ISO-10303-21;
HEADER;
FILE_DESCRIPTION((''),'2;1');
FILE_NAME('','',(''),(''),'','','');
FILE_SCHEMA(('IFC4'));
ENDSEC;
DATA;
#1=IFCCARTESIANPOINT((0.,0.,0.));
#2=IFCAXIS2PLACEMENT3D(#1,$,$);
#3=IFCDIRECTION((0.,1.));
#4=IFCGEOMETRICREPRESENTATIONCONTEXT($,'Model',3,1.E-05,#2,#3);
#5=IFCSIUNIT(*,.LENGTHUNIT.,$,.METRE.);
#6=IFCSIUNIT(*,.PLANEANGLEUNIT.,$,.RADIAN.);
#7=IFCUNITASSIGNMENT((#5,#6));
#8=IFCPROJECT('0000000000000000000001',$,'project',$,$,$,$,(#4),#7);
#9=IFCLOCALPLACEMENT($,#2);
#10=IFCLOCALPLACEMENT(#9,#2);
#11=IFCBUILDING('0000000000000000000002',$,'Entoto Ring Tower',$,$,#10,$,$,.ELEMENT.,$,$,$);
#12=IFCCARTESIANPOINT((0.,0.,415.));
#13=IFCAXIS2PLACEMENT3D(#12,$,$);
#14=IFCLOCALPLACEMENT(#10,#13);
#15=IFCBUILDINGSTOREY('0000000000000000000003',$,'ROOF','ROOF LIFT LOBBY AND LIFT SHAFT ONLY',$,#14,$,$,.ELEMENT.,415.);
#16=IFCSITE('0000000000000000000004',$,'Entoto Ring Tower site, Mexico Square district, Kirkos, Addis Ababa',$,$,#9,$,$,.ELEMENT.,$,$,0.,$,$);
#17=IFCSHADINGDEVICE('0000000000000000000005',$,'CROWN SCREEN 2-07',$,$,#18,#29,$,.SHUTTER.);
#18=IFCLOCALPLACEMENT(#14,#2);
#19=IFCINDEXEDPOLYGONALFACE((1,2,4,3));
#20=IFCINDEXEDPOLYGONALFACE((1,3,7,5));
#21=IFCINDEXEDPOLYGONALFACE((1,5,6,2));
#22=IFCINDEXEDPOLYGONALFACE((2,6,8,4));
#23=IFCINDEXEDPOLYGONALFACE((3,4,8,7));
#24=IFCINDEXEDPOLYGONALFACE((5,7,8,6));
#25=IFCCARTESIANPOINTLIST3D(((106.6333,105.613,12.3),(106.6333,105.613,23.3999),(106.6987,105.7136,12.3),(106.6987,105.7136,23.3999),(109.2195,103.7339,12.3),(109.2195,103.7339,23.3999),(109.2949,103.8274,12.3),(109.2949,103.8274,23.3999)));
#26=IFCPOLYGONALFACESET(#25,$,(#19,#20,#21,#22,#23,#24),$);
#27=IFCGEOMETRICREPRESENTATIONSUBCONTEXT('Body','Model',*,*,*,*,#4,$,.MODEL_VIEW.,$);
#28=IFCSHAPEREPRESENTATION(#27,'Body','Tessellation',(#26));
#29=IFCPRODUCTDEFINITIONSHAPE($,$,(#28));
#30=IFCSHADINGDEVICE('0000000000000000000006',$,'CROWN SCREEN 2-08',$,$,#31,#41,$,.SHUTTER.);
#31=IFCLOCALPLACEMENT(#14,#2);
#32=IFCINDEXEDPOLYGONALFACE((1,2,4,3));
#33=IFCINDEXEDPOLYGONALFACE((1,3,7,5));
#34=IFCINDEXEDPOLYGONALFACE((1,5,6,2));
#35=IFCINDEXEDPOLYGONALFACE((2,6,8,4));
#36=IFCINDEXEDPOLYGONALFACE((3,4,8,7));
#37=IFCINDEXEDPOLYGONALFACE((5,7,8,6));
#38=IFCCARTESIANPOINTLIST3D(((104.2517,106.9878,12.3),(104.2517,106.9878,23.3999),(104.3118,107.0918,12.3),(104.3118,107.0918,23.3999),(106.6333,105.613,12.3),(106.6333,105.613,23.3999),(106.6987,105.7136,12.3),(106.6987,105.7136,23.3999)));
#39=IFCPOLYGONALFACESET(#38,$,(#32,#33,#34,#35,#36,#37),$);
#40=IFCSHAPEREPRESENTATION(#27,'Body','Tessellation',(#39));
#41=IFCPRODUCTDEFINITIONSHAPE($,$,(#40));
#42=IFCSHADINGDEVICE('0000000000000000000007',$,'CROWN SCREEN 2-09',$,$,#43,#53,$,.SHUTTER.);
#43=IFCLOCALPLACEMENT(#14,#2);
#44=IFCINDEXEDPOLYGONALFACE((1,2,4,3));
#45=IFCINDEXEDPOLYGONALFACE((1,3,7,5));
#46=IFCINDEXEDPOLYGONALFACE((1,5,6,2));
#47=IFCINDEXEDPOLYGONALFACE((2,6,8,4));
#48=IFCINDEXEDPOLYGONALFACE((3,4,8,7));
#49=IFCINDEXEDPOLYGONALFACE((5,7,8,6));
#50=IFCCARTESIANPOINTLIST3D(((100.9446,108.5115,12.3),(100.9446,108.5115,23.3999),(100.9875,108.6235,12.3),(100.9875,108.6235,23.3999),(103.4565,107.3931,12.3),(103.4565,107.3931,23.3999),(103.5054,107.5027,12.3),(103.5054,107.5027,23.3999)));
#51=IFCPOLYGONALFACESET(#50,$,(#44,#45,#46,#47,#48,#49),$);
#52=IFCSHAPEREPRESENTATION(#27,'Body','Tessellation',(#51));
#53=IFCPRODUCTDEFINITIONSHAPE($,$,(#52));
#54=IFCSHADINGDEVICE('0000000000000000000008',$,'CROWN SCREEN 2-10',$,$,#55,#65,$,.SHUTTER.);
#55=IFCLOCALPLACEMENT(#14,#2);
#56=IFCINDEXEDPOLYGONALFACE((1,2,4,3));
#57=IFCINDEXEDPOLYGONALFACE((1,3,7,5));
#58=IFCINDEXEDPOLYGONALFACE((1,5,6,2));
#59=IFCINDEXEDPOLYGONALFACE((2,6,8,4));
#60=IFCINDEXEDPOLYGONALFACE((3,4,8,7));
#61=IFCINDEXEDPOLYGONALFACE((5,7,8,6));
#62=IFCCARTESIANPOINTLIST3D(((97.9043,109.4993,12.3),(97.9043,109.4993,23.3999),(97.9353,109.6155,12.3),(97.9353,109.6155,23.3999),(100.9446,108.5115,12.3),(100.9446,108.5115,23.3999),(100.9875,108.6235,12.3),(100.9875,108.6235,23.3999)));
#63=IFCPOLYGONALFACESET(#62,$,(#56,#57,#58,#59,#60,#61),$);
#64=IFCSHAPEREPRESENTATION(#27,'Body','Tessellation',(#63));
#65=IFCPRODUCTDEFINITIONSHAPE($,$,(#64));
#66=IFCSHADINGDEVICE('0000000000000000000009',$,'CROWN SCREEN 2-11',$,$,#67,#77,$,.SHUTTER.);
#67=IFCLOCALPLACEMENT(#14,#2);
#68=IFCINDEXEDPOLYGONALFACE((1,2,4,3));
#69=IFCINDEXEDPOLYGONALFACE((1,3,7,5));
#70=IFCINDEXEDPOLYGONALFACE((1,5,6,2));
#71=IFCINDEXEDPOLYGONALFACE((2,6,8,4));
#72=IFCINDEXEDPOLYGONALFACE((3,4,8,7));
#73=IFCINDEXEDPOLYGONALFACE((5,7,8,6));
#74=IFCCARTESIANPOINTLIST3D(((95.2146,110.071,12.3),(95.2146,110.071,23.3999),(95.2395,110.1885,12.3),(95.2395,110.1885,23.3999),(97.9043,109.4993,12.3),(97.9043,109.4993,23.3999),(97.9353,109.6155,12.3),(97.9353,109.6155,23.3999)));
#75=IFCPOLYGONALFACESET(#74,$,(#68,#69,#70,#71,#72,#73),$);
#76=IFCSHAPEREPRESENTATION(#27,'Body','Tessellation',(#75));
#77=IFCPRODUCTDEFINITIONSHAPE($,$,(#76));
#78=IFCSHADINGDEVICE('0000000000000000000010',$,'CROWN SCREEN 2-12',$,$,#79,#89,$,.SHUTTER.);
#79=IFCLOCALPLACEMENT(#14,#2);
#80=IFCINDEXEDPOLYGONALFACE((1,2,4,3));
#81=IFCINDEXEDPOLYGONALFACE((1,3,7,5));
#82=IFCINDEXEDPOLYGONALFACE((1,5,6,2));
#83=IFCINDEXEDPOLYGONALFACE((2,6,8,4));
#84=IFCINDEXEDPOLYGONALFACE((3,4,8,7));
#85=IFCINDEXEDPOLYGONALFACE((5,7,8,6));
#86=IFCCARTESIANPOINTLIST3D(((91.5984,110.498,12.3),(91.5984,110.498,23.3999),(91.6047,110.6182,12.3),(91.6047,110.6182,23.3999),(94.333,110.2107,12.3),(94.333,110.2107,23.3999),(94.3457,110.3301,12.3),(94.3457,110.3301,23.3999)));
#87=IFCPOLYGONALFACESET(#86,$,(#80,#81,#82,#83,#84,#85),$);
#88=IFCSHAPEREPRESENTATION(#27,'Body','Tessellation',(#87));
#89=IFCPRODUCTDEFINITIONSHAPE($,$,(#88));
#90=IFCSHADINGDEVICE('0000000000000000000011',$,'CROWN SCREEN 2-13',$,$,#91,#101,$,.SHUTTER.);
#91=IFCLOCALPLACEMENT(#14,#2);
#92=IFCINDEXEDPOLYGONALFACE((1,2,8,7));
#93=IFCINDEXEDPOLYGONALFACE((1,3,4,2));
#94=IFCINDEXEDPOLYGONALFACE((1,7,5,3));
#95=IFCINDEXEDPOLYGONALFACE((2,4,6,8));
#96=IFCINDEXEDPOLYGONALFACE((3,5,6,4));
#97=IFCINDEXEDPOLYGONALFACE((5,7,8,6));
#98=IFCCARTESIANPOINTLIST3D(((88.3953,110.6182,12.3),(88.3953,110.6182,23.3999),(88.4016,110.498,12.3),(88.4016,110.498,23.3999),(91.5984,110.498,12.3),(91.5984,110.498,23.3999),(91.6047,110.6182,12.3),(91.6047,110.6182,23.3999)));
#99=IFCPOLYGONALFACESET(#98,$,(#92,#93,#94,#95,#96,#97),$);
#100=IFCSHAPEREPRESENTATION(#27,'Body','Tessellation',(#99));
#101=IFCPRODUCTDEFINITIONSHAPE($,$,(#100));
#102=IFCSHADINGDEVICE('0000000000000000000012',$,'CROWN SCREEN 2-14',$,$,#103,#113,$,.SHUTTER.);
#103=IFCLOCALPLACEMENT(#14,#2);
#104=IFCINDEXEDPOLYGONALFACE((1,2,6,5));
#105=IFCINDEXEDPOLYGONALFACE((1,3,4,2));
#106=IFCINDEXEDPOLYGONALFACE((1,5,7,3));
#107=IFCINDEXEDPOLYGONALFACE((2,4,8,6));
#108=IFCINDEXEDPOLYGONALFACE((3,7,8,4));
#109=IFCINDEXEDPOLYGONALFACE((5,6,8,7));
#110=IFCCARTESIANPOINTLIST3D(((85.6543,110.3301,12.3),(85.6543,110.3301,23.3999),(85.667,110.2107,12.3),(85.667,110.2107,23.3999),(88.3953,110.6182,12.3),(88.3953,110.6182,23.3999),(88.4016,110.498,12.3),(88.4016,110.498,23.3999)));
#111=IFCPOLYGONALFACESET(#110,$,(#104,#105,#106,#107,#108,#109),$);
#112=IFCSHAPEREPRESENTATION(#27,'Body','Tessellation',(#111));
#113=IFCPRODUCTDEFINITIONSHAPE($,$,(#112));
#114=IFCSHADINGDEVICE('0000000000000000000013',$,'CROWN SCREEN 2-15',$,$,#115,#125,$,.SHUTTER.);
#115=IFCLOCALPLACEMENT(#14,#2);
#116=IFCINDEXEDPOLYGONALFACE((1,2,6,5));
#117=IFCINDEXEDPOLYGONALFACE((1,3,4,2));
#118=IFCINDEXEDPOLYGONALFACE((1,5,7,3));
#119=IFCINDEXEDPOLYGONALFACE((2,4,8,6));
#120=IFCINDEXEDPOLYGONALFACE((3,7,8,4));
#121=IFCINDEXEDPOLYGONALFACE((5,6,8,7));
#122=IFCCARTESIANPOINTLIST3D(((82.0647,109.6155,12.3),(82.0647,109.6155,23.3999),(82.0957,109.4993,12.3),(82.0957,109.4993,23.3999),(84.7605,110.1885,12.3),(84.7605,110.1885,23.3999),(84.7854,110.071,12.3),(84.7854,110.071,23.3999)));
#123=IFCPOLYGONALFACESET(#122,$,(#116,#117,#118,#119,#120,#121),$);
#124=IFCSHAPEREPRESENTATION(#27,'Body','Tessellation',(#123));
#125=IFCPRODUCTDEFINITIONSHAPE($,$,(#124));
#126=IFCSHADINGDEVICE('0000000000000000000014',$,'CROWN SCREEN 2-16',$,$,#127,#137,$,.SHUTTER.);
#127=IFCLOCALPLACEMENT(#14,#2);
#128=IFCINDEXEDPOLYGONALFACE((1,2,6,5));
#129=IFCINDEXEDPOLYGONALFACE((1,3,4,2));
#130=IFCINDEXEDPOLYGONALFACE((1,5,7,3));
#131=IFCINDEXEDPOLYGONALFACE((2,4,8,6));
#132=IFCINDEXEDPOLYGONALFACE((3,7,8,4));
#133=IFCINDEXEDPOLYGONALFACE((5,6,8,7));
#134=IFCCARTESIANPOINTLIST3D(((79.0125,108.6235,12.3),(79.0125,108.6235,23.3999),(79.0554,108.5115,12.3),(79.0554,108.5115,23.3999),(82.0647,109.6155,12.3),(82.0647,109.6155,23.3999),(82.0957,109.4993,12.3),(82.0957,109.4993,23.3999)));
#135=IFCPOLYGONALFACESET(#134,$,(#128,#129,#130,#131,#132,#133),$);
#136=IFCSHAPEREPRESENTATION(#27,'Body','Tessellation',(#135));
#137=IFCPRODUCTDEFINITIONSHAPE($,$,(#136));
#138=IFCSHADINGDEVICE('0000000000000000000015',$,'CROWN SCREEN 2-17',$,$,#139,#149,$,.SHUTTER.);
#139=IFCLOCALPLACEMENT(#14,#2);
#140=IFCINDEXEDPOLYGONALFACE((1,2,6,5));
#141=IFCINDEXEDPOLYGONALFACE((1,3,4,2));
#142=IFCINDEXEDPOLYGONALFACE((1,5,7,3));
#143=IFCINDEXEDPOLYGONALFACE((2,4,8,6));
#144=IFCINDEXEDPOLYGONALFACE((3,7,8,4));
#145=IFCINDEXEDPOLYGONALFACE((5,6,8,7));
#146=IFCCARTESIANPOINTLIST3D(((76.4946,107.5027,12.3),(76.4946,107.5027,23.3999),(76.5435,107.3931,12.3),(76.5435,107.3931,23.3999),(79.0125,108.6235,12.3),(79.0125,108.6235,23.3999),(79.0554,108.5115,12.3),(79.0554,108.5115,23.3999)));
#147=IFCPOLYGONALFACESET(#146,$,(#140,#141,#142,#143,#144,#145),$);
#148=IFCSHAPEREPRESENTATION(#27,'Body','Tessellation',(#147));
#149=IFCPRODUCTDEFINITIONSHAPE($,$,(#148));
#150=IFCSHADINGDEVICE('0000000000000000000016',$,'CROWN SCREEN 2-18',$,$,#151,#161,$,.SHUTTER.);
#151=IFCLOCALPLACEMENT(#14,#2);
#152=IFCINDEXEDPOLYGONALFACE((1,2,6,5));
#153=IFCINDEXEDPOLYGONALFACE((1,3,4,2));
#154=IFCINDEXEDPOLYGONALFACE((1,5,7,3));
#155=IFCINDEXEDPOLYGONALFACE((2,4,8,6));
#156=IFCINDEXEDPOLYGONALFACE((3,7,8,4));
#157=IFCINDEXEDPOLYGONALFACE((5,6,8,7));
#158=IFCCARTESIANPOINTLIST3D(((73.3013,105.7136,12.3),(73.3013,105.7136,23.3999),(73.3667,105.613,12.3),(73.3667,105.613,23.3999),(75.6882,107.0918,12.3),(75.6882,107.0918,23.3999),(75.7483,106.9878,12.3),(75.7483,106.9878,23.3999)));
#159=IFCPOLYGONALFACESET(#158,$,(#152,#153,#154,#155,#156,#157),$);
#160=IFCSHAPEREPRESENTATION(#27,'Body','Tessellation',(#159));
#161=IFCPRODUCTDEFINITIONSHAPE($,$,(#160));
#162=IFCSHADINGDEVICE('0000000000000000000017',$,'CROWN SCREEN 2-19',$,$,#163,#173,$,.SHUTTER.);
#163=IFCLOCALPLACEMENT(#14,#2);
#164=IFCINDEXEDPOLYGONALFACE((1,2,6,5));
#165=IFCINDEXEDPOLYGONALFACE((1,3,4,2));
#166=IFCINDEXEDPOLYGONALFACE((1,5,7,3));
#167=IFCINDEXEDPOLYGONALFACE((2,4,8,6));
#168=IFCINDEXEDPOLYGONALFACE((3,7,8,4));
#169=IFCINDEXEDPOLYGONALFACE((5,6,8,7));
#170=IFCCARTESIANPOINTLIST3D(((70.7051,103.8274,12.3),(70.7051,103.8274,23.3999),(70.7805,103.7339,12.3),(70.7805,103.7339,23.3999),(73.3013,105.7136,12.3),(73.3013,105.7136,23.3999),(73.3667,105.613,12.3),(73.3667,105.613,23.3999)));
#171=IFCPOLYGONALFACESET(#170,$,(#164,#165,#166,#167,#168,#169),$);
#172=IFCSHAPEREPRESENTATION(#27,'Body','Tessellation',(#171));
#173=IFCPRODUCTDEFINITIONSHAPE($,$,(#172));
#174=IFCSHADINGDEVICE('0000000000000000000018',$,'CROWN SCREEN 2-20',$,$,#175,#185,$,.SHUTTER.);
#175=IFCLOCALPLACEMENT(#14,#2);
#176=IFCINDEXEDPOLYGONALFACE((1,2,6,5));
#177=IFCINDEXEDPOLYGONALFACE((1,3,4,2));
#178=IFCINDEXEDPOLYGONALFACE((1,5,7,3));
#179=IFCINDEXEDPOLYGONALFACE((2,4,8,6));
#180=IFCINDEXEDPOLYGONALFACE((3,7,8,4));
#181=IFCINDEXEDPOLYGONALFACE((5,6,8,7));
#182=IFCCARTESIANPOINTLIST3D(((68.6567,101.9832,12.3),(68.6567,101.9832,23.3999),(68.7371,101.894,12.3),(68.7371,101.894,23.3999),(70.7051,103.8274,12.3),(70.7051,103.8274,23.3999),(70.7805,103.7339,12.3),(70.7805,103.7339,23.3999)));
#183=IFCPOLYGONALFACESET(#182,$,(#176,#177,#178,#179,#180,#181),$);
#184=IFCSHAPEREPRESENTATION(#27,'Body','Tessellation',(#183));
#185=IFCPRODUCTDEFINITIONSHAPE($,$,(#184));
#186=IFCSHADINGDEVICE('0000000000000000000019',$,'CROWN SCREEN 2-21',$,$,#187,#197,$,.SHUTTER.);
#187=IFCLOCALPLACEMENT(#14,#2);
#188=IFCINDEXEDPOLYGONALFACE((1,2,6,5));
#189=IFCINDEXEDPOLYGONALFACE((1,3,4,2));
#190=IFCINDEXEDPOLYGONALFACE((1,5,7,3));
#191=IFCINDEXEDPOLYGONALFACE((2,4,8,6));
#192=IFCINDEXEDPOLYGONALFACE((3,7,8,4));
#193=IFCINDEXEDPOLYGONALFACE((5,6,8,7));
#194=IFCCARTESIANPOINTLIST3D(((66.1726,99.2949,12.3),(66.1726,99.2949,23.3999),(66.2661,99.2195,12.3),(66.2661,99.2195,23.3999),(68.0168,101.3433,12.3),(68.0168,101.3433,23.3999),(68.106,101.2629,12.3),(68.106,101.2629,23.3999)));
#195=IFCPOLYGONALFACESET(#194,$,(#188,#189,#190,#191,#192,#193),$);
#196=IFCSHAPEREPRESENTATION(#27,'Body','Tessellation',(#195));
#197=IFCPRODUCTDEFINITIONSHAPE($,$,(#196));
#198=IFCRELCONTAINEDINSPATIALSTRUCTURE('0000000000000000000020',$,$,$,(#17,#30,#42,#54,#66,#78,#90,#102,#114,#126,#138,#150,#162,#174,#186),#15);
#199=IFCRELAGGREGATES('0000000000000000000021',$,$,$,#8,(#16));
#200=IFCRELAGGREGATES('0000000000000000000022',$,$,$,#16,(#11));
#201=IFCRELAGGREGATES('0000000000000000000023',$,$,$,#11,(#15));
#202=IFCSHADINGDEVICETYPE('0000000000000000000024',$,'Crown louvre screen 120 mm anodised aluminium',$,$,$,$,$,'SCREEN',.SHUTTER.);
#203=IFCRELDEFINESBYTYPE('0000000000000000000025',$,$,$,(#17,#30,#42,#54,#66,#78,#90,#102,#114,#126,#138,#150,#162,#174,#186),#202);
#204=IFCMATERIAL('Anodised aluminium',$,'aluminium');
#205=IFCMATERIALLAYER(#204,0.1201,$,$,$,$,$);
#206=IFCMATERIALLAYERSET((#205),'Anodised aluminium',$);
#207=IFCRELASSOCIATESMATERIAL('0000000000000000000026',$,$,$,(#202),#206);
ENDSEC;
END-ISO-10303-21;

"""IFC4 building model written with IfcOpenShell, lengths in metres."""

from ifc_helpers import new_model, si_unit, direction, frame, origin, place, context, subcontext, project, spatial, polyline, outline, extrude, material, layer, layer_set, type_object, element, save


model = new_model("IFC4")

# Units and contexts
model_context = context("Model", 3, precision=1e-05, world=origin(), true_north=direction((0.0, 1.0)))
body_context = subcontext(model_context, "Body", "Model", "MODEL_VIEW")
ifc_project = project(units=[si_unit("LENGTHUNIT", "METRE"), si_unit("PLANEANGLEUNIT", "RADIAN")], contexts=[model_context])

# Site, building, storey
site_placement = place(None, origin())
site = spatial("IfcSite", under=ifc_project, at=site_placement, Name="Entoto Ring Tower site, Mexico Square district, Kirkos, Addis Ababa", CompositionType="ELEMENT", RefElevation=0.0)
building_placement = place(site_placement, origin())
building = spatial("IfcBuilding", under=site, at=building_placement, Name="Entoto Ring Tower", CompositionType="ELEMENT")
storey_placement = place(building_placement, frame((0.0, 0.0, 415.0)))
storey = spatial("IfcBuildingStorey", under=building, at=storey_placement, Name="ROOF", Description="ROOF LIFT LOBBY AND LIFT SHAFT ONLY", CompositionType="ELEMENT", Elevation=415.0)

# Shading devices
ifc_material = material(Name="Anodised aluminium", Category="aluminium")
ifc_layer = layer(ifc_material, 0.1201)
ifc_layer_set = layer_set([ifc_layer], Name="Anodised aluminium")
shading_device_type = type_object("IfcShadingDeviceType", Name="Crown louvre screen 120 mm anodised aluminium", ElementType="SCREEN", PredefinedType="SHUTTER", material=ifc_layer_set)
shading_device_1_placement = place(storey_placement, frame((0.0, 0.0, 12.3)))
element("IfcShadingDevice", 1, at=shading_device_1_placement, inside=storey, type_object=shading_device_type, Name="CROWN SCREEN 2-07", PredefinedType="SHUTTER", context=body_context, shape_type="SweptSolid", body=[
    extrude(outline(polyline([(109.2195, 103.7339), (109.2949, 103.8274), (106.6987, 105.7136), (106.6333, 105.613), (109.2195, 103.7339)])), origin(), (0.0, 0.0, 1.0), 11.0999),
])
shading_device_2_placement = place(storey_placement, frame((0.0, 0.0, 12.3)))
element("IfcShadingDevice", 2, at=shading_device_2_placement, inside=storey, type_object=shading_device_type, Name="CROWN SCREEN 2-08", PredefinedType="SHUTTER", context=body_context, shape_type="SweptSolid", body=[
    extrude(outline(polyline([(106.6333, 105.613), (106.6987, 105.7136), (104.3118, 107.0918), (104.2517, 106.9878), (106.6333, 105.613)])), origin(), (0.0, 0.0, 1.0), 11.0999),
])
shading_device_3_placement = place(storey_placement, frame((0.0, 0.0, 12.3)))
element("IfcShadingDevice", 3, at=shading_device_3_placement, inside=storey, type_object=shading_device_type, Name="CROWN SCREEN 2-09", PredefinedType="SHUTTER", context=body_context, shape_type="SweptSolid", body=[
    extrude(outline(polyline([(103.4565, 107.3931), (103.5054, 107.5027), (100.9875, 108.6235), (100.9446, 108.5115), (103.4565, 107.3931)])), origin(), (0.0, 0.0, 1.0), 11.0999),
])
shading_device_4_placement = place(storey_placement, frame((0.0, 0.0, 12.3)))
element("IfcShadingDevice", 4, at=shading_device_4_placement, inside=storey, type_object=shading_device_type, Name="CROWN SCREEN 2-10", PredefinedType="SHUTTER", context=body_context, shape_type="SweptSolid", body=[
    extrude(outline(polyline([(100.9446, 108.5115), (100.9875, 108.6235), (97.9353, 109.6155), (97.9043, 109.4993), (100.9446, 108.5115)])), origin(), (0.0, 0.0, 1.0), 11.0999),
])
shading_device_5_placement = place(storey_placement, frame((0.0, 0.0, 12.3)))
element("IfcShadingDevice", 5, at=shading_device_5_placement, inside=storey, type_object=shading_device_type, Name="CROWN SCREEN 2-11", PredefinedType="SHUTTER", context=body_context, shape_type="SweptSolid", body=[
    extrude(outline(polyline([(97.9043, 109.4993), (97.9353, 109.6155), (95.2395, 110.1885), (95.2146, 110.071), (97.9043, 109.4993)])), origin(), (0.0, 0.0, 1.0), 11.0999),
])
shading_device_6_placement = place(storey_placement, frame((0.0, 0.0, 12.3)))
element("IfcShadingDevice", 6, at=shading_device_6_placement, inside=storey, type_object=shading_device_type, Name="CROWN SCREEN 2-12", PredefinedType="SHUTTER", context=body_context, shape_type="SweptSolid", body=[
    extrude(outline(polyline([(94.333, 110.2107), (94.3457, 110.3301), (91.6047, 110.6182), (91.5984, 110.498), (94.333, 110.2107)])), origin(), (0.0, 0.0, 1.0), 11.0999),
])
shading_device_7_placement = place(storey_placement, frame((0.0, 0.0, 12.3)))
element("IfcShadingDevice", 7, at=shading_device_7_placement, inside=storey, type_object=shading_device_type, Name="CROWN SCREEN 2-13", PredefinedType="SHUTTER", context=body_context, shape_type="SweptSolid", body=[
    extrude(outline(polyline([(91.5984, 110.498), (91.6047, 110.6182), (88.3953, 110.6182), (88.4016, 110.498), (91.5984, 110.498)])), origin(), (0.0, 0.0, 1.0), 11.0999),
])
shading_device_8_placement = place(storey_placement, frame((0.0, 0.0, 12.3)))
element("IfcShadingDevice", 8, at=shading_device_8_placement, inside=storey, type_object=shading_device_type, Name="CROWN SCREEN 2-14", PredefinedType="SHUTTER", context=body_context, shape_type="SweptSolid", body=[
    extrude(outline(polyline([(88.4016, 110.498), (88.3953, 110.6182), (85.6543, 110.3301), (85.667, 110.2107), (88.4016, 110.498)])), origin(), (0.0, 0.0, 1.0), 11.0999),
])
shading_device_9_placement = place(storey_placement, frame((0.0, 0.0, 12.3)))
element("IfcShadingDevice", 9, at=shading_device_9_placement, inside=storey, type_object=shading_device_type, Name="CROWN SCREEN 2-15", PredefinedType="SHUTTER", context=body_context, shape_type="SweptSolid", body=[
    extrude(outline(polyline([(84.7854, 110.071), (84.7605, 110.1885), (82.0647, 109.6155), (82.0957, 109.4993), (84.7854, 110.071)])), origin(), (0.0, 0.0, 1.0), 11.0999),
])
shading_device_10_placement = place(storey_placement, frame((0.0, 0.0, 12.3)))
element("IfcShadingDevice", 10, at=shading_device_10_placement, inside=storey, type_object=shading_device_type, Name="CROWN SCREEN 2-16", PredefinedType="SHUTTER", context=body_context, shape_type="SweptSolid", body=[
    extrude(outline(polyline([(82.0957, 109.4993), (82.0647, 109.6155), (79.0125, 108.6235), (79.0554, 108.5115), (82.0957, 109.4993)])), origin(), (0.0, 0.0, 1.0), 11.0999),
])
shading_device_11_placement = place(storey_placement, frame((0.0, 0.0, 12.3)))
element("IfcShadingDevice", 11, at=shading_device_11_placement, inside=storey, type_object=shading_device_type, Name="CROWN SCREEN 2-17", PredefinedType="SHUTTER", context=body_context, shape_type="SweptSolid", body=[
    extrude(outline(polyline([(79.0554, 108.5115), (79.0125, 108.6235), (76.4946, 107.5027), (76.5435, 107.3931), (79.0554, 108.5115)])), origin(), (0.0, 0.0, 1.0), 11.0999),
])
shading_device_12_placement = place(storey_placement, frame((0.0, 0.0, 12.3)))
element("IfcShadingDevice", 12, at=shading_device_12_placement, inside=storey, type_object=shading_device_type, Name="CROWN SCREEN 2-18", PredefinedType="SHUTTER", context=body_context, shape_type="SweptSolid", body=[
    extrude(outline(polyline([(75.7483, 106.9878), (75.6882, 107.0918), (73.3013, 105.7136), (73.3667, 105.613), (75.7483, 106.9878)])), origin(), (0.0, 0.0, 1.0), 11.0999),
])
shading_device_13_placement = place(storey_placement, frame((0.0, 0.0, 12.3)))
element("IfcShadingDevice", 13, at=shading_device_13_placement, inside=storey, type_object=shading_device_type, Name="CROWN SCREEN 2-19", PredefinedType="SHUTTER", context=body_context, shape_type="SweptSolid", body=[
    extrude(outline(polyline([(73.3667, 105.613), (73.3013, 105.7136), (70.7051, 103.8274), (70.7805, 103.7339), (73.3667, 105.613)])), origin(), (0.0, 0.0, 1.0), 11.0999),
])
shading_device_14_placement = place(storey_placement, frame((0.0, 0.0, 12.3)))
element("IfcShadingDevice", 14, at=shading_device_14_placement, inside=storey, type_object=shading_device_type, Name="CROWN SCREEN 2-20", PredefinedType="SHUTTER", context=body_context, shape_type="SweptSolid", body=[
    extrude(outline(polyline([(70.7805, 103.7339), (70.7051, 103.8274), (68.6567, 101.9832), (68.7371, 101.894), (70.7805, 103.7339)])), origin(), (0.0, 0.0, 1.0), 11.0999),
])
shading_device_15_placement = place(storey_placement, frame((0.0, 0.0, 12.3)))
element("IfcShadingDevice", 15, at=shading_device_15_placement, inside=storey, type_object=shading_device_type, Name="CROWN SCREEN 2-21", PredefinedType="SHUTTER", context=body_context, shape_type="SweptSolid", body=[
    extrude(outline(polyline([(68.106, 101.2629), (68.0168, 101.3433), (66.1726, 99.2949), (66.2661, 99.2195), (68.106, 101.2629)])), origin(), (0.0, 0.0, 1.0), 11.0999),
])

save(model, "model.ifc")
